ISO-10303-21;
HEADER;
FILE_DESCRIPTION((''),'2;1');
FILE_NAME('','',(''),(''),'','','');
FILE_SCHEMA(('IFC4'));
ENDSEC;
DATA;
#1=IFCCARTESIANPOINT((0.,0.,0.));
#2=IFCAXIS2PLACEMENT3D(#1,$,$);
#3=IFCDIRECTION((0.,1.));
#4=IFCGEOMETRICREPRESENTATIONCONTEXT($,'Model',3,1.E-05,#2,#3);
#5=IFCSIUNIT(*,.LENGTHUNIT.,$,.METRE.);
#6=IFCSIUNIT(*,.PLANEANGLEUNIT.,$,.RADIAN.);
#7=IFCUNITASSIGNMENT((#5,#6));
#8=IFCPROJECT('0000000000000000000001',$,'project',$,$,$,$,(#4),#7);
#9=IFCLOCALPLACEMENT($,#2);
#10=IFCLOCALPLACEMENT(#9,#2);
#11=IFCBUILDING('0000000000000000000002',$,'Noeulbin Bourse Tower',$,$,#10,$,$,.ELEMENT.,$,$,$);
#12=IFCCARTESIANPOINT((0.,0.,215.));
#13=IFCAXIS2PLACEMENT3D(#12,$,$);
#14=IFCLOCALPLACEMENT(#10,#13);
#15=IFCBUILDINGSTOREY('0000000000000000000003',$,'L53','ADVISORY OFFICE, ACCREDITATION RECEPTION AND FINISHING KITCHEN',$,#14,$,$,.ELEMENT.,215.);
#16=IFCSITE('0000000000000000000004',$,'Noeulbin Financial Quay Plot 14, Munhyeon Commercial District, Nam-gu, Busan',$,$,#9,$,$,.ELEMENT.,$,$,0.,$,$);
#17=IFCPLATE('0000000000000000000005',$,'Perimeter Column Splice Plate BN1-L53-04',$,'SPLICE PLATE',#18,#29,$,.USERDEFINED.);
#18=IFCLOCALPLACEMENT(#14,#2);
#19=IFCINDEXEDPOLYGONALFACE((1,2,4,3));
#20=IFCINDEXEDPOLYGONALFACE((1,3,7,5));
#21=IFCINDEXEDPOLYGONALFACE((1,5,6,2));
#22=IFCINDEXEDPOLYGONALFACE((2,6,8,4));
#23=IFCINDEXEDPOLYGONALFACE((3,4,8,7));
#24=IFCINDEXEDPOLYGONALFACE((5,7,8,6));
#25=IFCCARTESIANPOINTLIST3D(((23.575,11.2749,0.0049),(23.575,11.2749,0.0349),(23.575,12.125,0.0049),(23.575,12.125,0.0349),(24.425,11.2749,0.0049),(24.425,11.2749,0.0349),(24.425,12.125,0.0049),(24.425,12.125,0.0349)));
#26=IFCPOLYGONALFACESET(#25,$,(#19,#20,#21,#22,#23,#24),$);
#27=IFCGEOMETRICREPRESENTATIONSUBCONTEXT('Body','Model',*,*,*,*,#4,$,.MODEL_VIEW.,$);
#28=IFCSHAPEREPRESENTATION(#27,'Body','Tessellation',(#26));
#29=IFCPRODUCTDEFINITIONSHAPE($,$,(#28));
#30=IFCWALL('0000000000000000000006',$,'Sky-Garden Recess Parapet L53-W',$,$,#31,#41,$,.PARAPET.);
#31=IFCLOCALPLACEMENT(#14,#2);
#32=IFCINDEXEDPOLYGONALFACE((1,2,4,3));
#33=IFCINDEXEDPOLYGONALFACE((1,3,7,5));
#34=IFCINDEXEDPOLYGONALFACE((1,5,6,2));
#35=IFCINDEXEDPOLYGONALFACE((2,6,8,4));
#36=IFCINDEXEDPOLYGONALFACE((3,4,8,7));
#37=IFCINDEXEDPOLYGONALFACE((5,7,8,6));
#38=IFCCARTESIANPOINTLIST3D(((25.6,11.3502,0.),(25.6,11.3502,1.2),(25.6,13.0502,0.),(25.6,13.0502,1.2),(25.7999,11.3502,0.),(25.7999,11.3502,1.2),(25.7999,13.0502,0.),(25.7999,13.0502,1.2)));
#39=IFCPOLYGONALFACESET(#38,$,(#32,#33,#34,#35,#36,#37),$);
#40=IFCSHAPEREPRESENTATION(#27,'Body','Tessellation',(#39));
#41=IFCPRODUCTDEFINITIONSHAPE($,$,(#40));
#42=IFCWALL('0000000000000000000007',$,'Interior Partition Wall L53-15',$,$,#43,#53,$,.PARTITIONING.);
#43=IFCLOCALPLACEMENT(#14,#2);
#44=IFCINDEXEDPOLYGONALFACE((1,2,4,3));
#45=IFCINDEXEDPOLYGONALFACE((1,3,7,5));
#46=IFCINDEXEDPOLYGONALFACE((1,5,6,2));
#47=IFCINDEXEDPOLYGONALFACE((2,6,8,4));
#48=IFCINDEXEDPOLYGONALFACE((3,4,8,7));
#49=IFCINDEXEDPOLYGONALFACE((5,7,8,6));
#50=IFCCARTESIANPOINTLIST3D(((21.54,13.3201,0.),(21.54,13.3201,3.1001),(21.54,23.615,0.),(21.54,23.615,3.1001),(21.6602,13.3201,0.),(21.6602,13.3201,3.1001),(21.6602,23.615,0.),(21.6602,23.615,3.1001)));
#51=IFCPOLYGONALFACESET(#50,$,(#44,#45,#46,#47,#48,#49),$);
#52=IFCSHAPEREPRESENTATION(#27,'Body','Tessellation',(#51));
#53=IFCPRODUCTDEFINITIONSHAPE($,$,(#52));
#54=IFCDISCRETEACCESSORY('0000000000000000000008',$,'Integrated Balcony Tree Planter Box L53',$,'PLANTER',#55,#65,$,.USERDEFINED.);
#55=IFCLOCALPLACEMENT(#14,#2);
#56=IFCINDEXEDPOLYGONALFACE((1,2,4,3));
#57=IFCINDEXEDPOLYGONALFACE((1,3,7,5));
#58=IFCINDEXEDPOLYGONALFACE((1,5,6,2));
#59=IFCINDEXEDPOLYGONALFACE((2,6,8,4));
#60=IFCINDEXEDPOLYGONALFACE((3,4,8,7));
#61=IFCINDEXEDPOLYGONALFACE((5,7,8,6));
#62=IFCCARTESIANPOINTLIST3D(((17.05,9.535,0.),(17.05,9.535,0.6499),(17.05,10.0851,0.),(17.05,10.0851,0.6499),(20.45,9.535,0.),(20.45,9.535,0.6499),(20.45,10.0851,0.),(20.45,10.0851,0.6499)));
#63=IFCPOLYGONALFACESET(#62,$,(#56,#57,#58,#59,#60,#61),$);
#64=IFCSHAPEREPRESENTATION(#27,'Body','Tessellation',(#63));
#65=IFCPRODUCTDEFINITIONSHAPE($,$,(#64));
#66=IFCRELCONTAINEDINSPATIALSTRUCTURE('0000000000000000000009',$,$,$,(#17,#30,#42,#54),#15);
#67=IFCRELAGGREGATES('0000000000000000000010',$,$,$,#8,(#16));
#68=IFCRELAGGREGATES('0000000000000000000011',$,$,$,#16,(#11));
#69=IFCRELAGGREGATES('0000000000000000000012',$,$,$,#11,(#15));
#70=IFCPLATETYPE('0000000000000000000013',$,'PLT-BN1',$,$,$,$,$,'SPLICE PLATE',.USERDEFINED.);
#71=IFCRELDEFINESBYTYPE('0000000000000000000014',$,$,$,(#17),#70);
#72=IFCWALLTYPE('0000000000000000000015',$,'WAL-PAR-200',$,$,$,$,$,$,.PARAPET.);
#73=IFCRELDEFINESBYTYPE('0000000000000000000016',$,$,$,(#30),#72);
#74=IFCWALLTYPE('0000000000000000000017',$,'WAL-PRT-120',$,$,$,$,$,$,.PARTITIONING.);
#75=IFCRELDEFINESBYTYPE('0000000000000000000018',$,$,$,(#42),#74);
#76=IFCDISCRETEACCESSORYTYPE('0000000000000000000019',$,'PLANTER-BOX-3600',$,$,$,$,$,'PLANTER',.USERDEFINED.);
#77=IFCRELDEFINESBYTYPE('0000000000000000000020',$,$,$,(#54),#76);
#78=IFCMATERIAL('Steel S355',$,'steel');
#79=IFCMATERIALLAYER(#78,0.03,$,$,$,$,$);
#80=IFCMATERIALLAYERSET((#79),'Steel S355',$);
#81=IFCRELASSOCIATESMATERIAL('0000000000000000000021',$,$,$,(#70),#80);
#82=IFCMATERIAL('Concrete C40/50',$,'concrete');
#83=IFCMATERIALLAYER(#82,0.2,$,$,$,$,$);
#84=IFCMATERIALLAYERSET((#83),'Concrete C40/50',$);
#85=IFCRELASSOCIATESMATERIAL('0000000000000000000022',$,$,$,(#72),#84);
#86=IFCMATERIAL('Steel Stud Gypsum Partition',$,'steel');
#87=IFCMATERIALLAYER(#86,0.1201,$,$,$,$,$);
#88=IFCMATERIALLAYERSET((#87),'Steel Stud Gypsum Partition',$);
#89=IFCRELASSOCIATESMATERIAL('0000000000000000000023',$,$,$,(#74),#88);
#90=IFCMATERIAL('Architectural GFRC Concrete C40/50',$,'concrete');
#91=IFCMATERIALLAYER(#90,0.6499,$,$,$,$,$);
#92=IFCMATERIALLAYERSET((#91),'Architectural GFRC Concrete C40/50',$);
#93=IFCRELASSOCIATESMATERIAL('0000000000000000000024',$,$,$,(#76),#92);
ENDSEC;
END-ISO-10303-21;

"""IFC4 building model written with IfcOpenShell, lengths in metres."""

from ifc_helpers import new_model, si_unit, direction, frame, frame_2d, origin, origin_2d, place, context, subcontext, project, spatial, rectangle, extrude, material, layer, layer_set, type_object, element, save


model = new_model("IFC4")

# Units and contexts
model_context = context("Model", 3, precision=1e-05, world=origin(), true_north=direction((0.0, 1.0)))
body_context = subcontext(model_context, "Body", "Model", "MODEL_VIEW")
ifc_project = project(units=[si_unit("LENGTHUNIT", "METRE"), si_unit("PLANEANGLEUNIT", "RADIAN")], contexts=[model_context])

# Site, building, storey
site_placement = place(None, origin())
site = spatial("IfcSite", under=ifc_project, at=site_placement, Name="Noeulbin Financial Quay Plot 14, Munhyeon Commercial District, Nam-gu, Busan", CompositionType="ELEMENT", RefElevation=0.0)
building_placement = place(site_placement, origin())
building = spatial("IfcBuilding", under=site, at=building_placement, Name="Noeulbin Bourse Tower", CompositionType="ELEMENT")
storey_placement = place(building_placement, frame((0.0, 0.0, 215.0)))
storey = spatial("IfcBuildingStorey", under=building, at=storey_placement, Name="L53", Description="ADVISORY OFFICE, ACCREDITATION RECEPTION AND FINISHING KITCHEN", CompositionType="ELEMENT", Elevation=215.0)

# Shared definitions
ifc_material_1 = material(Name="Steel S355", Category="steel")

# Plate
ifc_layer_1 = layer(ifc_material_1, 0.03)
ifc_layer_set_1 = layer_set([ifc_layer_1], Name="Steel S355")
plate_type_1 = type_object("IfcPlateType", Name="PLT-BN1", ElementType="SPLICE PLATE", PredefinedType="USERDEFINED", material=ifc_layer_set_1)
for number, where, z_axis, x_axis, name in (
    (1, (24.0, 11.7, 0.0049), (0.0, 0.0, 1.0), (1.0, 0.0, 0.0), "Perimeter Column Splice Plate BN1-L53-04"),
):
    element("IfcPlate", number, at=place(storey_placement, frame(where, z_axis=z_axis, x_axis=x_axis)), inside=storey, type_object=plate_type_1, Name=name, ObjectType="SPLICE PLATE", PredefinedType="USERDEFINED", context=body_context, shape_type="SweptSolid", body=[
        extrude(rectangle(XDim=0.8501, YDim=0.8501, at=origin_2d()), origin(), (0.0, 0.0, 1.0), 0.03),
    ])

# Walls
ifc_material_2 = material(Name="Concrete C40/50", Category="concrete")
ifc_layer_2 = layer(ifc_material_2, 0.2)
ifc_layer_set_2 = layer_set([ifc_layer_2], Name="Concrete C40/50")
wall_type_1 = type_object("IfcWallType", Name="WAL-PAR-200", PredefinedType="PARAPET", material=ifc_layer_set_2)
wall_1_placement = place(storey_placement, frame((25.7, 11.3501, 0.0), z_axis=(0.0, 0.0, 1.0), x_axis=(0.0, 1.0, 0.0)))
element("IfcWall", 2, at=wall_1_placement, inside=storey, type_object=wall_type_1, Name="Sky-Garden Recess Parapet L53-W", PredefinedType="PARAPET", context=body_context, shape_type="SweptSolid", body=[
    extrude(rectangle(XDim=1.7, YDim=0.2, at=frame_2d((0.8501, 0.0))), origin(), (0.0, 0.0, 1.0), 1.2),
])
ifc_material_3 = material(Name="Steel Stud Gypsum Partition", Category="steel")
ifc_layer_3 = layer(ifc_material_3, 0.1201)
ifc_layer_set_3 = layer_set([ifc_layer_3], Name="Steel Stud Gypsum Partition")
wall_type_2 = type_object("IfcWallType", Name="WAL-PRT-120", PredefinedType="PARTITIONING", material=ifc_layer_set_3)
wall_2_placement = place(storey_placement, frame((21.6001, 13.3201, 0.0), z_axis=(0.0, 0.0, 1.0), x_axis=(0.0, 1.0, 0.0)))
element("IfcWall", 3, at=wall_2_placement, inside=storey, type_object=wall_type_2, Name="Interior Partition Wall L53-15", PredefinedType="PARTITIONING", context=body_context, shape_type="SweptSolid", body=[
    extrude(rectangle(XDim=10.2949, YDim=0.1201, at=frame_2d((5.1475, 0.0))), origin(), (0.0, 0.0, 1.0), 3.1001),
])

# Discrete accessory
ifc_material_4 = material(Name="Architectural GFRC Concrete C40/50", Category="concrete")
ifc_layer_4 = layer(ifc_material_4, 0.6499)
ifc_layer_set_4 = layer_set([ifc_layer_4], Name="Architectural GFRC Concrete C40/50")
discrete_accessory_type = type_object("IfcDiscreteAccessoryType", Name="PLANTER-BOX-3600", ElementType="PLANTER", PredefinedType="USERDEFINED", material=ifc_layer_set_4)
discrete_accessory_placement = place(storey_placement, frame((18.75, 9.8101, 0.0), z_axis=(0.0, 0.0, 1.0), x_axis=(1.0, 0.0, 0.0)))
element("IfcDiscreteAccessory", 4, at=discrete_accessory_placement, inside=storey, type_object=discrete_accessory_type, Name="Integrated Balcony Tree Planter Box L53", ObjectType="PLANTER", PredefinedType="USERDEFINED", context=body_context, shape_type="SweptSolid", body=[
    extrude(rectangle(XDim=3.3999, YDim=0.55, at=origin_2d()), origin(), (0.0, 0.0, 1.0), 0.6499),
])

save(model, "model.ifc")
